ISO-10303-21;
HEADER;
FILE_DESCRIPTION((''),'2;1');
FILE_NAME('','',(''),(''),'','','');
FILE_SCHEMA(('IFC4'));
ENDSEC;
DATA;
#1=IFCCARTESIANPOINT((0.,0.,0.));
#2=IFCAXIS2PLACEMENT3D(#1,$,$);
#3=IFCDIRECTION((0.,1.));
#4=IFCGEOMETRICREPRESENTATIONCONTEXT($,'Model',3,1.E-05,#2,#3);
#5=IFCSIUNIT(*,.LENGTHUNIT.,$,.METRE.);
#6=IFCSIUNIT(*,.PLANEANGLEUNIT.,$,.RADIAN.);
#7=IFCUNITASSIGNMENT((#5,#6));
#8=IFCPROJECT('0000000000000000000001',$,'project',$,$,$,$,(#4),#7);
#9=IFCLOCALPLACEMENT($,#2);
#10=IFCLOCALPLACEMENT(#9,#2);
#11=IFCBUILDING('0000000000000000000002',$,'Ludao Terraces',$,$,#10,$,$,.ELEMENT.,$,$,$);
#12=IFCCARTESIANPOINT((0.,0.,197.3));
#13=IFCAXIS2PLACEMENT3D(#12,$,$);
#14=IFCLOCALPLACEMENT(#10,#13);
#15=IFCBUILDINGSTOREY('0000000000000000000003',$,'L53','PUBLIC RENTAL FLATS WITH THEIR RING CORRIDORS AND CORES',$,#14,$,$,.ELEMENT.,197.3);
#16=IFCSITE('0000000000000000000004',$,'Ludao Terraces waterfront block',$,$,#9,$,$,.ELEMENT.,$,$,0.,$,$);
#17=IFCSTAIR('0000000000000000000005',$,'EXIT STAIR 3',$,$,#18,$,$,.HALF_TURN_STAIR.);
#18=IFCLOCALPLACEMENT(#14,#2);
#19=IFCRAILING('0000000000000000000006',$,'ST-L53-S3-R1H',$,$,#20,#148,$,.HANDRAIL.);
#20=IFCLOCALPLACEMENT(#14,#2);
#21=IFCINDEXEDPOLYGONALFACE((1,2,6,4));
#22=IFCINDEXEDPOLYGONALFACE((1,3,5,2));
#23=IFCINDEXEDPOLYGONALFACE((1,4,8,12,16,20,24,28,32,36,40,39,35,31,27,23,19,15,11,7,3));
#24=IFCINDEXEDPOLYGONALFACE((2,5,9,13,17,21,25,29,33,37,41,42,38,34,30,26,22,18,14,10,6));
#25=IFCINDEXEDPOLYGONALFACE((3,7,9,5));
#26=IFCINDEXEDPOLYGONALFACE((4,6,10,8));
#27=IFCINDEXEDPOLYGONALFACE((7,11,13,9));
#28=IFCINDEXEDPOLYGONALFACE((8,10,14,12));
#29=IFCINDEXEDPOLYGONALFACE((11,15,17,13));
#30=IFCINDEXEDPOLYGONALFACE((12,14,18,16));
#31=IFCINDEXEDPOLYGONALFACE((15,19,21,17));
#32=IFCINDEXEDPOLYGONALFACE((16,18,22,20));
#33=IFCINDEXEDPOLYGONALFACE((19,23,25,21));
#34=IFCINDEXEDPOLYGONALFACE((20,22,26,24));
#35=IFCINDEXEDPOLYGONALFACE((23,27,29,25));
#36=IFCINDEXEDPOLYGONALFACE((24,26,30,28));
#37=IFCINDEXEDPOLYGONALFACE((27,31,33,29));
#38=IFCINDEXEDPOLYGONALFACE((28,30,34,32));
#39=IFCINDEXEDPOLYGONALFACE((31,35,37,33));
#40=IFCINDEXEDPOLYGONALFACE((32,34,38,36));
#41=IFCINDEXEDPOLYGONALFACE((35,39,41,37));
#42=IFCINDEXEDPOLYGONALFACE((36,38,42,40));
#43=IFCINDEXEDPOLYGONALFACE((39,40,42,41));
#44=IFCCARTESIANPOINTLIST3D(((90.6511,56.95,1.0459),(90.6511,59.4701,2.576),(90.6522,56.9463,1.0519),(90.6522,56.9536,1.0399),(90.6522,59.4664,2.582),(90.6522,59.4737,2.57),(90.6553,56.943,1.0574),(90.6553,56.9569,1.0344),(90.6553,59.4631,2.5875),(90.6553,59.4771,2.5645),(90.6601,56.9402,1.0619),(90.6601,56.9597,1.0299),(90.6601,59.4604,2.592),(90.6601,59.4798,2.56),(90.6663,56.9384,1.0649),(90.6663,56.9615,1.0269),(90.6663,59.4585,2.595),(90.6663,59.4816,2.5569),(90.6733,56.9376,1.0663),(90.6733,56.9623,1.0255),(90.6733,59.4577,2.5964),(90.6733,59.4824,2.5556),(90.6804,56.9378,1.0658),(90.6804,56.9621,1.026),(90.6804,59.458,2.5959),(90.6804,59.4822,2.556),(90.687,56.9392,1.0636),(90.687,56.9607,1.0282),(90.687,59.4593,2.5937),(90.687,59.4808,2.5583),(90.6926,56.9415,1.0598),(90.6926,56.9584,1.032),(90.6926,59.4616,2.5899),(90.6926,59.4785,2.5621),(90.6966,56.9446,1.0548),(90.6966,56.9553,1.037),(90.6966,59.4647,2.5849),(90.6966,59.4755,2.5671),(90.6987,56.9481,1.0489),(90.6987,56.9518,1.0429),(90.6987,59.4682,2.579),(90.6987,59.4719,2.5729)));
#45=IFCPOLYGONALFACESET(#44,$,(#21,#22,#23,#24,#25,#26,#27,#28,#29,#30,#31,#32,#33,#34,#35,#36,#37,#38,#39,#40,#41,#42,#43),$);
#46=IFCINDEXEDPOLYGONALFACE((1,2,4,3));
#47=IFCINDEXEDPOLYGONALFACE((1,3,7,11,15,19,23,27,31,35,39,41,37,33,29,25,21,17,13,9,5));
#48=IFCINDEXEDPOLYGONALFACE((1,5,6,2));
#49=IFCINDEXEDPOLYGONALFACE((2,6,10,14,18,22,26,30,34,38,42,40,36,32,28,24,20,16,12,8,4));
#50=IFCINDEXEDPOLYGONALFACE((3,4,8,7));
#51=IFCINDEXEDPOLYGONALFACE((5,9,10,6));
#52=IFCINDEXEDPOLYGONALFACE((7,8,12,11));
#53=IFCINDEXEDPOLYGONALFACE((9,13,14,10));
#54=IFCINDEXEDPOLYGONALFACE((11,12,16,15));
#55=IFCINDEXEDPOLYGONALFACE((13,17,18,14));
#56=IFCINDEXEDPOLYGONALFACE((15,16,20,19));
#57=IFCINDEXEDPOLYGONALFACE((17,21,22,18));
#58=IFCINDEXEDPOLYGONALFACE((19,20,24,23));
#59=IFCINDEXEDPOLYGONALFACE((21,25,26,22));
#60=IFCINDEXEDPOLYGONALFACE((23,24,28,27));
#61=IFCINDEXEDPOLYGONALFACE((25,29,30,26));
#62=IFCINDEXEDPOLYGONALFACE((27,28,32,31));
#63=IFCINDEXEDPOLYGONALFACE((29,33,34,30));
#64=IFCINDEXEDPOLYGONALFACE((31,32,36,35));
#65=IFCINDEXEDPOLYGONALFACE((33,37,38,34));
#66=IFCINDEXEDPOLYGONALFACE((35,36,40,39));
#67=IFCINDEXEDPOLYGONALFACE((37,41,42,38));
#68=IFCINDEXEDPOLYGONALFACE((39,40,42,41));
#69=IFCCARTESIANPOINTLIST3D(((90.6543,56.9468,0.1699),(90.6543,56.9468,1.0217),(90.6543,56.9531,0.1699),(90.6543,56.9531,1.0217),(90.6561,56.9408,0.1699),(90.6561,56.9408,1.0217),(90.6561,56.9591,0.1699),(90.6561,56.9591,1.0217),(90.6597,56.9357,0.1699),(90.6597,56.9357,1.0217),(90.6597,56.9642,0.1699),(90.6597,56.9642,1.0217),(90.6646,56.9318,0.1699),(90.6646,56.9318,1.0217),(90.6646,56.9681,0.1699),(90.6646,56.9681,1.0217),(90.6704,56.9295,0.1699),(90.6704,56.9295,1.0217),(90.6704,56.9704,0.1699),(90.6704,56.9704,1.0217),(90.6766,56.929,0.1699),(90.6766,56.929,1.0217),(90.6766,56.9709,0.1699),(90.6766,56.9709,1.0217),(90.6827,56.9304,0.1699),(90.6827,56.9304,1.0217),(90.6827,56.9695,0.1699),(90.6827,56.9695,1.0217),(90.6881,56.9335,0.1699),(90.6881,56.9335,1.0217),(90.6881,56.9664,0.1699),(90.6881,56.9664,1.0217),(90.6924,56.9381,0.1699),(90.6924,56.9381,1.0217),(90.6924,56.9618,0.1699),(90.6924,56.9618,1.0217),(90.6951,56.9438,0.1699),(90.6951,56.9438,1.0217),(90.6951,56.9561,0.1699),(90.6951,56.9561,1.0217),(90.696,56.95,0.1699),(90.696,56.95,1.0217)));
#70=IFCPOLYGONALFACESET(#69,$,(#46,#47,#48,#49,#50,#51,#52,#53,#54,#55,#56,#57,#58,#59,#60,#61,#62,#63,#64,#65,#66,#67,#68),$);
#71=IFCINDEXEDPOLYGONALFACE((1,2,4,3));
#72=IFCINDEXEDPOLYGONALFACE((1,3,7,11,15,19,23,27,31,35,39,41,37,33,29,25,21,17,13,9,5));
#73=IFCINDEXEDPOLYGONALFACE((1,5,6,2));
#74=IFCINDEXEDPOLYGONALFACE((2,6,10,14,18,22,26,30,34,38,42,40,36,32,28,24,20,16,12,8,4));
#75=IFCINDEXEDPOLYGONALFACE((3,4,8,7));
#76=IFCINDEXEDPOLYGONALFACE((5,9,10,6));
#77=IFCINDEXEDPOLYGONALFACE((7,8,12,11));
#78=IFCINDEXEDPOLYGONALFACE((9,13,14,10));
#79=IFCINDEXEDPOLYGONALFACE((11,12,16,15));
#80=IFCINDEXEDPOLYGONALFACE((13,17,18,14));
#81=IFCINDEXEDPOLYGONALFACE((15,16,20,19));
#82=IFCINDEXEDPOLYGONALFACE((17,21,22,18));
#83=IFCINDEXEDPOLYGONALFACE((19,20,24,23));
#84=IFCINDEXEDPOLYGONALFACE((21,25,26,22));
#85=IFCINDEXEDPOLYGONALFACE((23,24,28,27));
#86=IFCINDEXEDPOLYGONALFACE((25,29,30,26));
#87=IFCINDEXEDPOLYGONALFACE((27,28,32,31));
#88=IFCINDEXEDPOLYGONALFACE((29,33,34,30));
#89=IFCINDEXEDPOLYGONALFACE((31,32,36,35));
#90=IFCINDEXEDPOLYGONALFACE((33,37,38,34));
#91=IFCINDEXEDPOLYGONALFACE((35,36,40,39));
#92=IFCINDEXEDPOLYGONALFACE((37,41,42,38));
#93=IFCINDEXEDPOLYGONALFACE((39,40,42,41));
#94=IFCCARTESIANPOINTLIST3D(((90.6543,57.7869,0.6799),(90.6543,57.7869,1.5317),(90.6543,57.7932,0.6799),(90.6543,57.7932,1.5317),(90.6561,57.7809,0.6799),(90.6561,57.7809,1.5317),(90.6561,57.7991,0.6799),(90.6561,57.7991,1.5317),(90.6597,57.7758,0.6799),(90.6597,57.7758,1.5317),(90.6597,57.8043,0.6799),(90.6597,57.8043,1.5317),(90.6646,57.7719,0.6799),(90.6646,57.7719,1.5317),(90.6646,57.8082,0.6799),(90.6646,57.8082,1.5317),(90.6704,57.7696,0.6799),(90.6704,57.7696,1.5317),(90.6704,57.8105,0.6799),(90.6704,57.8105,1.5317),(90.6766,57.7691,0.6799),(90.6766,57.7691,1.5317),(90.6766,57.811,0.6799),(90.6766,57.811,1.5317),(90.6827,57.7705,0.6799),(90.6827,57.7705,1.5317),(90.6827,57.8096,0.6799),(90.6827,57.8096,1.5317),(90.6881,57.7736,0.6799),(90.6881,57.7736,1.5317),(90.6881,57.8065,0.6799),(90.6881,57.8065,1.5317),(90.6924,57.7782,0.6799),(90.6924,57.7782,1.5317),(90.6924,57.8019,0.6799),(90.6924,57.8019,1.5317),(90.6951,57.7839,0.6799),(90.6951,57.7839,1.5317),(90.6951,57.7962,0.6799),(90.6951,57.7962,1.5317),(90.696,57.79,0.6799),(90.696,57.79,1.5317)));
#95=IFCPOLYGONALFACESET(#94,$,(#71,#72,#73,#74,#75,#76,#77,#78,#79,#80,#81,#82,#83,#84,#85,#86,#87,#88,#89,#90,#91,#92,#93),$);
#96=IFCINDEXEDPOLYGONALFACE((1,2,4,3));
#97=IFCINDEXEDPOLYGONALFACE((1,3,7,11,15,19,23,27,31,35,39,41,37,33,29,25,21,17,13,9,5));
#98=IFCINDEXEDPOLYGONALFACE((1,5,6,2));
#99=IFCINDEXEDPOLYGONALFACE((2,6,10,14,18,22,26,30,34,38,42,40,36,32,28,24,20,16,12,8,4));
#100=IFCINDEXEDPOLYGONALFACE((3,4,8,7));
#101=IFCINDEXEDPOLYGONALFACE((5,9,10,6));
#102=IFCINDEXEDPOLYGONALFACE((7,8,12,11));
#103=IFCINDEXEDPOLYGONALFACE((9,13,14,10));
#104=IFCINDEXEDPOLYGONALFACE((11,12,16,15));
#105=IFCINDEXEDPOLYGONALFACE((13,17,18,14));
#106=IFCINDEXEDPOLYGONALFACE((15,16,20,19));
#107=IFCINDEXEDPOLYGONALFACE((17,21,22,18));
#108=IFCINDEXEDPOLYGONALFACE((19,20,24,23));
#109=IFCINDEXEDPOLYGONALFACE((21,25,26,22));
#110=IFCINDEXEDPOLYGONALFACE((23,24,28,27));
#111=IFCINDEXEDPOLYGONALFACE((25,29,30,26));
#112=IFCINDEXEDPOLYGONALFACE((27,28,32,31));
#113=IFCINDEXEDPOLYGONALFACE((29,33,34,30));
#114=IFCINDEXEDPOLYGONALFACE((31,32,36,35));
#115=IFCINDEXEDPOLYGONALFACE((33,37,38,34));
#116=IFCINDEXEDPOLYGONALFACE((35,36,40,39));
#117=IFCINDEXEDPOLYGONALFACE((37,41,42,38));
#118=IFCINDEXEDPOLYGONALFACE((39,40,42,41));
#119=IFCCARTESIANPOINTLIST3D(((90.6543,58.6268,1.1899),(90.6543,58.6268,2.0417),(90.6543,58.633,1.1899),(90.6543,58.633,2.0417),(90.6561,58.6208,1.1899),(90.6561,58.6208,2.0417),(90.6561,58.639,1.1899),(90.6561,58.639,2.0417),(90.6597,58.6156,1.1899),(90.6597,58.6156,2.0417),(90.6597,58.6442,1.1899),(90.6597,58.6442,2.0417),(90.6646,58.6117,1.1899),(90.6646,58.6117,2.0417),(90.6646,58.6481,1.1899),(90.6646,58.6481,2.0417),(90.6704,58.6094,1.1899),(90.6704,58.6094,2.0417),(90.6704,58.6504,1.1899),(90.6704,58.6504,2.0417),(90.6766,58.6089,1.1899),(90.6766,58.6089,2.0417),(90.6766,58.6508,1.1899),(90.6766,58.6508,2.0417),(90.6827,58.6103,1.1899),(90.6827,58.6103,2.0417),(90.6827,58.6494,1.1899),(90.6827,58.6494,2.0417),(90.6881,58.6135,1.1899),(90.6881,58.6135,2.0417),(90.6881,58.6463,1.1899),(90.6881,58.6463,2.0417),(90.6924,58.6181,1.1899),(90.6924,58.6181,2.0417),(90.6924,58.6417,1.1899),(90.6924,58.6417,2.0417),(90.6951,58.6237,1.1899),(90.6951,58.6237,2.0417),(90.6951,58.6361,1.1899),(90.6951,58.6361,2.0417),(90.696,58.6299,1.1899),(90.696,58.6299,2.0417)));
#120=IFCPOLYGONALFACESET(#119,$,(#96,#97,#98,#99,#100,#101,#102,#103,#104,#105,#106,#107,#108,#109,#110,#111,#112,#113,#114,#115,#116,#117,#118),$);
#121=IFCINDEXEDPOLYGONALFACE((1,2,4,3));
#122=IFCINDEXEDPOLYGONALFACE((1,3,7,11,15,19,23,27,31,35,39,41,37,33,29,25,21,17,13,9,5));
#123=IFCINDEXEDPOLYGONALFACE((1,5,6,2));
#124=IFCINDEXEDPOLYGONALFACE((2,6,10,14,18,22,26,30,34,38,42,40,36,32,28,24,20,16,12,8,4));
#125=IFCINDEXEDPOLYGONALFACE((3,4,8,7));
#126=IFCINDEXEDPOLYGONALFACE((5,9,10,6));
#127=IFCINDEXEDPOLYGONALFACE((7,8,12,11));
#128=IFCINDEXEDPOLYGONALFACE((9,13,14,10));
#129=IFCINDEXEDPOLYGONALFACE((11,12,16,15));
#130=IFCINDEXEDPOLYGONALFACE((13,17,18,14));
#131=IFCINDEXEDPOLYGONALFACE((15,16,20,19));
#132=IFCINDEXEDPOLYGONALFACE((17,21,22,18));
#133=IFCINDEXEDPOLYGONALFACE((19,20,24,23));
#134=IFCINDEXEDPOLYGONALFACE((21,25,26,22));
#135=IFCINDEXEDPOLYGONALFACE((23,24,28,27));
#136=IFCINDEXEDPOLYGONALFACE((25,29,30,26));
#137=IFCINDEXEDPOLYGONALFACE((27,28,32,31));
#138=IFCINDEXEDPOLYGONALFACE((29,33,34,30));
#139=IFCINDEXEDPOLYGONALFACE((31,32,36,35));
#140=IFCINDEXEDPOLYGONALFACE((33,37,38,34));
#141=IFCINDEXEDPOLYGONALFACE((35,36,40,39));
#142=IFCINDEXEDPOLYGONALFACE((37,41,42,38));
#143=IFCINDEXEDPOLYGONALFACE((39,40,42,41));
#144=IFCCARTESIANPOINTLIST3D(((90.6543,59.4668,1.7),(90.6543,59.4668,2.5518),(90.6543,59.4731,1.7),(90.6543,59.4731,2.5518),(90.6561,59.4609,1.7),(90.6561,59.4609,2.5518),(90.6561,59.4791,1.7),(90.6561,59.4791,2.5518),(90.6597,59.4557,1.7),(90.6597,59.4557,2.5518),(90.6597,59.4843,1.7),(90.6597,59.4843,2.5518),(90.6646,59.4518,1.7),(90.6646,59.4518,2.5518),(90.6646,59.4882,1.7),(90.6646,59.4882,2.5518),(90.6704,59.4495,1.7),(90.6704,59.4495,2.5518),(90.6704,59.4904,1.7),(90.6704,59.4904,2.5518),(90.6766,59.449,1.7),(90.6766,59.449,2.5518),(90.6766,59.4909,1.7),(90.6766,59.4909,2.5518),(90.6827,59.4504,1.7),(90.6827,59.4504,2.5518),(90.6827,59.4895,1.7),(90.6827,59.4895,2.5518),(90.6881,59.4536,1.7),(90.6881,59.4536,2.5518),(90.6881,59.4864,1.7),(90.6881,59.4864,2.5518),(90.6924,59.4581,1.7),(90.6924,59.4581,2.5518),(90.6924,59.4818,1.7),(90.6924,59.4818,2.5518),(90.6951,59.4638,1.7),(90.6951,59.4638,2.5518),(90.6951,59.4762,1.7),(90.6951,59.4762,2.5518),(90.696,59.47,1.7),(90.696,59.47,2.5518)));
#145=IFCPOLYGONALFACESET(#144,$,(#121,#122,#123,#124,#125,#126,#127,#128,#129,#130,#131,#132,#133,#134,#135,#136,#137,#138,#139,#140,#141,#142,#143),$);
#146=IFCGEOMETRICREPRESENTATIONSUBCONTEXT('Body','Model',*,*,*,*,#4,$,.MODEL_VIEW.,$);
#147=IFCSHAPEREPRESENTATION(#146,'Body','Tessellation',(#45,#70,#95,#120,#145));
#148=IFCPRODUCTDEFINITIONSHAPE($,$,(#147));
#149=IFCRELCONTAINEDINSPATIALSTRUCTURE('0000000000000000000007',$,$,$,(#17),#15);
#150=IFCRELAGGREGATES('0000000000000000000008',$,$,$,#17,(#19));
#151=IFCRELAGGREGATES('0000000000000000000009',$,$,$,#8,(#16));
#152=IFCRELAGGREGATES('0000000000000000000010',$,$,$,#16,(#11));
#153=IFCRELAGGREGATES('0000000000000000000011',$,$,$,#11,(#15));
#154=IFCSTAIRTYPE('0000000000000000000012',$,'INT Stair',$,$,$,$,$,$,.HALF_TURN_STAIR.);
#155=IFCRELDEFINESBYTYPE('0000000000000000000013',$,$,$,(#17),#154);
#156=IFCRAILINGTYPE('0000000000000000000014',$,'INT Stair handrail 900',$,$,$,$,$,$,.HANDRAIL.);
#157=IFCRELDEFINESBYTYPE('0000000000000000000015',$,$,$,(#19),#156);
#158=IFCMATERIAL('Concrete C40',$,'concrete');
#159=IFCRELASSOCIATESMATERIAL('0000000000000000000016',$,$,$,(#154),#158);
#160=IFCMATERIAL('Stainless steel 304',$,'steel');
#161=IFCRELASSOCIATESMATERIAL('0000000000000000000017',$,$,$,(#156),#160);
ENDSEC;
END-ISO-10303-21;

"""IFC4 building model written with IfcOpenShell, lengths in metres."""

from ifc_helpers import new_model, si_unit, direction, frame, origin, origin_2d, place, context, subcontext, project, spatial, circle, extrude, material, type_object, element, aggregate, save


model = new_model("IFC4")

# Units and contexts
model_context = context("Model", 3, precision=1e-05, world=origin(), true_north=direction((0.0, 1.0)))
body_context = subcontext(model_context, "Body", "Model", "MODEL_VIEW")
ifc_project = project(units=[si_unit("LENGTHUNIT", "METRE"), si_unit("PLANEANGLEUNIT", "RADIAN")], contexts=[model_context])

# Site, building, storey
site_placement = place(None, origin())
site = spatial("IfcSite", under=ifc_project, at=site_placement, Name="Ludao Terraces waterfront block", CompositionType="ELEMENT", RefElevation=0.0)
building_placement = place(site_placement, origin())
building = spatial("IfcBuilding", under=site, at=building_placement, Name="Ludao Terraces", CompositionType="ELEMENT")
storey_placement = place(building_placement, frame((0.0, 0.0, 197.3)))
storey = spatial("IfcBuildingStorey", under=building, at=storey_placement, Name="L53", Description="PUBLIC RENTAL FLATS WITH THEIR RING CORRIDORS AND CORES", CompositionType="ELEMENT", Elevation=197.3)

# Shared definitions
ifc_material_1 = material(Name="Concrete C40", Category="concrete")

# Stair, railing
stair_type = type_object("IfcStairType", Name="INT Stair", PredefinedType="HALF_TURN_STAIR", material=ifc_material_1)
stair_placement = place(storey_placement, origin())
stair = element("IfcStair", 1, at=stair_placement, inside=storey, type_object=stair_type, Name="EXIT STAIR 3", PredefinedType="HALF_TURN_STAIR")
ifc_material_2 = material(Name="Stainless steel 304", Category="steel")
railing_type_1 = type_object("IfcRailingType", Name="INT Stair handrail 900", PredefinedType="HANDRAIL", material=ifc_material_2)
railing_1_placement = place(storey_placement, frame((90.675, 56.95, 0.1699)))
railing_1 = element("IfcRailing", 2, at=railing_1_placement, type_object=railing_type_1, Name="ST-L53-S3-R1H", PredefinedType="HANDRAIL", context=body_context, shape_type="SweptSolid", body=[
    extrude(circle(Radius=0.0239, at=origin_2d()), frame((0.0, 0.0, 0.876), z_axis=(0.0, 0.854785, 0.518982), x_axis=(-1.0, 0.0, 0.0)), (0.0, 0.0, 1.0), 2.9482),
    extrude(circle(Radius=0.021, at=origin_2d()), origin(), (0.0, 0.0, 1.0), 0.8518),
    extrude(circle(Radius=0.021, at=origin_2d()), frame((0.0, 0.8401, 0.51)), (0.0, 0.0, 1.0), 0.8518),
    extrude(circle(Radius=0.021, at=origin_2d()), frame((0.0, 1.6799, 1.02)), (0.0, 0.0, 1.0), 0.8518),
    extrude(circle(Radius=0.021, at=origin_2d()), frame((0.0, 2.52, 1.53)), (0.0, 0.0, 1.0), 0.8518),
])
aggregate(stair, [railing_1])

save(model, "model.ifc")
